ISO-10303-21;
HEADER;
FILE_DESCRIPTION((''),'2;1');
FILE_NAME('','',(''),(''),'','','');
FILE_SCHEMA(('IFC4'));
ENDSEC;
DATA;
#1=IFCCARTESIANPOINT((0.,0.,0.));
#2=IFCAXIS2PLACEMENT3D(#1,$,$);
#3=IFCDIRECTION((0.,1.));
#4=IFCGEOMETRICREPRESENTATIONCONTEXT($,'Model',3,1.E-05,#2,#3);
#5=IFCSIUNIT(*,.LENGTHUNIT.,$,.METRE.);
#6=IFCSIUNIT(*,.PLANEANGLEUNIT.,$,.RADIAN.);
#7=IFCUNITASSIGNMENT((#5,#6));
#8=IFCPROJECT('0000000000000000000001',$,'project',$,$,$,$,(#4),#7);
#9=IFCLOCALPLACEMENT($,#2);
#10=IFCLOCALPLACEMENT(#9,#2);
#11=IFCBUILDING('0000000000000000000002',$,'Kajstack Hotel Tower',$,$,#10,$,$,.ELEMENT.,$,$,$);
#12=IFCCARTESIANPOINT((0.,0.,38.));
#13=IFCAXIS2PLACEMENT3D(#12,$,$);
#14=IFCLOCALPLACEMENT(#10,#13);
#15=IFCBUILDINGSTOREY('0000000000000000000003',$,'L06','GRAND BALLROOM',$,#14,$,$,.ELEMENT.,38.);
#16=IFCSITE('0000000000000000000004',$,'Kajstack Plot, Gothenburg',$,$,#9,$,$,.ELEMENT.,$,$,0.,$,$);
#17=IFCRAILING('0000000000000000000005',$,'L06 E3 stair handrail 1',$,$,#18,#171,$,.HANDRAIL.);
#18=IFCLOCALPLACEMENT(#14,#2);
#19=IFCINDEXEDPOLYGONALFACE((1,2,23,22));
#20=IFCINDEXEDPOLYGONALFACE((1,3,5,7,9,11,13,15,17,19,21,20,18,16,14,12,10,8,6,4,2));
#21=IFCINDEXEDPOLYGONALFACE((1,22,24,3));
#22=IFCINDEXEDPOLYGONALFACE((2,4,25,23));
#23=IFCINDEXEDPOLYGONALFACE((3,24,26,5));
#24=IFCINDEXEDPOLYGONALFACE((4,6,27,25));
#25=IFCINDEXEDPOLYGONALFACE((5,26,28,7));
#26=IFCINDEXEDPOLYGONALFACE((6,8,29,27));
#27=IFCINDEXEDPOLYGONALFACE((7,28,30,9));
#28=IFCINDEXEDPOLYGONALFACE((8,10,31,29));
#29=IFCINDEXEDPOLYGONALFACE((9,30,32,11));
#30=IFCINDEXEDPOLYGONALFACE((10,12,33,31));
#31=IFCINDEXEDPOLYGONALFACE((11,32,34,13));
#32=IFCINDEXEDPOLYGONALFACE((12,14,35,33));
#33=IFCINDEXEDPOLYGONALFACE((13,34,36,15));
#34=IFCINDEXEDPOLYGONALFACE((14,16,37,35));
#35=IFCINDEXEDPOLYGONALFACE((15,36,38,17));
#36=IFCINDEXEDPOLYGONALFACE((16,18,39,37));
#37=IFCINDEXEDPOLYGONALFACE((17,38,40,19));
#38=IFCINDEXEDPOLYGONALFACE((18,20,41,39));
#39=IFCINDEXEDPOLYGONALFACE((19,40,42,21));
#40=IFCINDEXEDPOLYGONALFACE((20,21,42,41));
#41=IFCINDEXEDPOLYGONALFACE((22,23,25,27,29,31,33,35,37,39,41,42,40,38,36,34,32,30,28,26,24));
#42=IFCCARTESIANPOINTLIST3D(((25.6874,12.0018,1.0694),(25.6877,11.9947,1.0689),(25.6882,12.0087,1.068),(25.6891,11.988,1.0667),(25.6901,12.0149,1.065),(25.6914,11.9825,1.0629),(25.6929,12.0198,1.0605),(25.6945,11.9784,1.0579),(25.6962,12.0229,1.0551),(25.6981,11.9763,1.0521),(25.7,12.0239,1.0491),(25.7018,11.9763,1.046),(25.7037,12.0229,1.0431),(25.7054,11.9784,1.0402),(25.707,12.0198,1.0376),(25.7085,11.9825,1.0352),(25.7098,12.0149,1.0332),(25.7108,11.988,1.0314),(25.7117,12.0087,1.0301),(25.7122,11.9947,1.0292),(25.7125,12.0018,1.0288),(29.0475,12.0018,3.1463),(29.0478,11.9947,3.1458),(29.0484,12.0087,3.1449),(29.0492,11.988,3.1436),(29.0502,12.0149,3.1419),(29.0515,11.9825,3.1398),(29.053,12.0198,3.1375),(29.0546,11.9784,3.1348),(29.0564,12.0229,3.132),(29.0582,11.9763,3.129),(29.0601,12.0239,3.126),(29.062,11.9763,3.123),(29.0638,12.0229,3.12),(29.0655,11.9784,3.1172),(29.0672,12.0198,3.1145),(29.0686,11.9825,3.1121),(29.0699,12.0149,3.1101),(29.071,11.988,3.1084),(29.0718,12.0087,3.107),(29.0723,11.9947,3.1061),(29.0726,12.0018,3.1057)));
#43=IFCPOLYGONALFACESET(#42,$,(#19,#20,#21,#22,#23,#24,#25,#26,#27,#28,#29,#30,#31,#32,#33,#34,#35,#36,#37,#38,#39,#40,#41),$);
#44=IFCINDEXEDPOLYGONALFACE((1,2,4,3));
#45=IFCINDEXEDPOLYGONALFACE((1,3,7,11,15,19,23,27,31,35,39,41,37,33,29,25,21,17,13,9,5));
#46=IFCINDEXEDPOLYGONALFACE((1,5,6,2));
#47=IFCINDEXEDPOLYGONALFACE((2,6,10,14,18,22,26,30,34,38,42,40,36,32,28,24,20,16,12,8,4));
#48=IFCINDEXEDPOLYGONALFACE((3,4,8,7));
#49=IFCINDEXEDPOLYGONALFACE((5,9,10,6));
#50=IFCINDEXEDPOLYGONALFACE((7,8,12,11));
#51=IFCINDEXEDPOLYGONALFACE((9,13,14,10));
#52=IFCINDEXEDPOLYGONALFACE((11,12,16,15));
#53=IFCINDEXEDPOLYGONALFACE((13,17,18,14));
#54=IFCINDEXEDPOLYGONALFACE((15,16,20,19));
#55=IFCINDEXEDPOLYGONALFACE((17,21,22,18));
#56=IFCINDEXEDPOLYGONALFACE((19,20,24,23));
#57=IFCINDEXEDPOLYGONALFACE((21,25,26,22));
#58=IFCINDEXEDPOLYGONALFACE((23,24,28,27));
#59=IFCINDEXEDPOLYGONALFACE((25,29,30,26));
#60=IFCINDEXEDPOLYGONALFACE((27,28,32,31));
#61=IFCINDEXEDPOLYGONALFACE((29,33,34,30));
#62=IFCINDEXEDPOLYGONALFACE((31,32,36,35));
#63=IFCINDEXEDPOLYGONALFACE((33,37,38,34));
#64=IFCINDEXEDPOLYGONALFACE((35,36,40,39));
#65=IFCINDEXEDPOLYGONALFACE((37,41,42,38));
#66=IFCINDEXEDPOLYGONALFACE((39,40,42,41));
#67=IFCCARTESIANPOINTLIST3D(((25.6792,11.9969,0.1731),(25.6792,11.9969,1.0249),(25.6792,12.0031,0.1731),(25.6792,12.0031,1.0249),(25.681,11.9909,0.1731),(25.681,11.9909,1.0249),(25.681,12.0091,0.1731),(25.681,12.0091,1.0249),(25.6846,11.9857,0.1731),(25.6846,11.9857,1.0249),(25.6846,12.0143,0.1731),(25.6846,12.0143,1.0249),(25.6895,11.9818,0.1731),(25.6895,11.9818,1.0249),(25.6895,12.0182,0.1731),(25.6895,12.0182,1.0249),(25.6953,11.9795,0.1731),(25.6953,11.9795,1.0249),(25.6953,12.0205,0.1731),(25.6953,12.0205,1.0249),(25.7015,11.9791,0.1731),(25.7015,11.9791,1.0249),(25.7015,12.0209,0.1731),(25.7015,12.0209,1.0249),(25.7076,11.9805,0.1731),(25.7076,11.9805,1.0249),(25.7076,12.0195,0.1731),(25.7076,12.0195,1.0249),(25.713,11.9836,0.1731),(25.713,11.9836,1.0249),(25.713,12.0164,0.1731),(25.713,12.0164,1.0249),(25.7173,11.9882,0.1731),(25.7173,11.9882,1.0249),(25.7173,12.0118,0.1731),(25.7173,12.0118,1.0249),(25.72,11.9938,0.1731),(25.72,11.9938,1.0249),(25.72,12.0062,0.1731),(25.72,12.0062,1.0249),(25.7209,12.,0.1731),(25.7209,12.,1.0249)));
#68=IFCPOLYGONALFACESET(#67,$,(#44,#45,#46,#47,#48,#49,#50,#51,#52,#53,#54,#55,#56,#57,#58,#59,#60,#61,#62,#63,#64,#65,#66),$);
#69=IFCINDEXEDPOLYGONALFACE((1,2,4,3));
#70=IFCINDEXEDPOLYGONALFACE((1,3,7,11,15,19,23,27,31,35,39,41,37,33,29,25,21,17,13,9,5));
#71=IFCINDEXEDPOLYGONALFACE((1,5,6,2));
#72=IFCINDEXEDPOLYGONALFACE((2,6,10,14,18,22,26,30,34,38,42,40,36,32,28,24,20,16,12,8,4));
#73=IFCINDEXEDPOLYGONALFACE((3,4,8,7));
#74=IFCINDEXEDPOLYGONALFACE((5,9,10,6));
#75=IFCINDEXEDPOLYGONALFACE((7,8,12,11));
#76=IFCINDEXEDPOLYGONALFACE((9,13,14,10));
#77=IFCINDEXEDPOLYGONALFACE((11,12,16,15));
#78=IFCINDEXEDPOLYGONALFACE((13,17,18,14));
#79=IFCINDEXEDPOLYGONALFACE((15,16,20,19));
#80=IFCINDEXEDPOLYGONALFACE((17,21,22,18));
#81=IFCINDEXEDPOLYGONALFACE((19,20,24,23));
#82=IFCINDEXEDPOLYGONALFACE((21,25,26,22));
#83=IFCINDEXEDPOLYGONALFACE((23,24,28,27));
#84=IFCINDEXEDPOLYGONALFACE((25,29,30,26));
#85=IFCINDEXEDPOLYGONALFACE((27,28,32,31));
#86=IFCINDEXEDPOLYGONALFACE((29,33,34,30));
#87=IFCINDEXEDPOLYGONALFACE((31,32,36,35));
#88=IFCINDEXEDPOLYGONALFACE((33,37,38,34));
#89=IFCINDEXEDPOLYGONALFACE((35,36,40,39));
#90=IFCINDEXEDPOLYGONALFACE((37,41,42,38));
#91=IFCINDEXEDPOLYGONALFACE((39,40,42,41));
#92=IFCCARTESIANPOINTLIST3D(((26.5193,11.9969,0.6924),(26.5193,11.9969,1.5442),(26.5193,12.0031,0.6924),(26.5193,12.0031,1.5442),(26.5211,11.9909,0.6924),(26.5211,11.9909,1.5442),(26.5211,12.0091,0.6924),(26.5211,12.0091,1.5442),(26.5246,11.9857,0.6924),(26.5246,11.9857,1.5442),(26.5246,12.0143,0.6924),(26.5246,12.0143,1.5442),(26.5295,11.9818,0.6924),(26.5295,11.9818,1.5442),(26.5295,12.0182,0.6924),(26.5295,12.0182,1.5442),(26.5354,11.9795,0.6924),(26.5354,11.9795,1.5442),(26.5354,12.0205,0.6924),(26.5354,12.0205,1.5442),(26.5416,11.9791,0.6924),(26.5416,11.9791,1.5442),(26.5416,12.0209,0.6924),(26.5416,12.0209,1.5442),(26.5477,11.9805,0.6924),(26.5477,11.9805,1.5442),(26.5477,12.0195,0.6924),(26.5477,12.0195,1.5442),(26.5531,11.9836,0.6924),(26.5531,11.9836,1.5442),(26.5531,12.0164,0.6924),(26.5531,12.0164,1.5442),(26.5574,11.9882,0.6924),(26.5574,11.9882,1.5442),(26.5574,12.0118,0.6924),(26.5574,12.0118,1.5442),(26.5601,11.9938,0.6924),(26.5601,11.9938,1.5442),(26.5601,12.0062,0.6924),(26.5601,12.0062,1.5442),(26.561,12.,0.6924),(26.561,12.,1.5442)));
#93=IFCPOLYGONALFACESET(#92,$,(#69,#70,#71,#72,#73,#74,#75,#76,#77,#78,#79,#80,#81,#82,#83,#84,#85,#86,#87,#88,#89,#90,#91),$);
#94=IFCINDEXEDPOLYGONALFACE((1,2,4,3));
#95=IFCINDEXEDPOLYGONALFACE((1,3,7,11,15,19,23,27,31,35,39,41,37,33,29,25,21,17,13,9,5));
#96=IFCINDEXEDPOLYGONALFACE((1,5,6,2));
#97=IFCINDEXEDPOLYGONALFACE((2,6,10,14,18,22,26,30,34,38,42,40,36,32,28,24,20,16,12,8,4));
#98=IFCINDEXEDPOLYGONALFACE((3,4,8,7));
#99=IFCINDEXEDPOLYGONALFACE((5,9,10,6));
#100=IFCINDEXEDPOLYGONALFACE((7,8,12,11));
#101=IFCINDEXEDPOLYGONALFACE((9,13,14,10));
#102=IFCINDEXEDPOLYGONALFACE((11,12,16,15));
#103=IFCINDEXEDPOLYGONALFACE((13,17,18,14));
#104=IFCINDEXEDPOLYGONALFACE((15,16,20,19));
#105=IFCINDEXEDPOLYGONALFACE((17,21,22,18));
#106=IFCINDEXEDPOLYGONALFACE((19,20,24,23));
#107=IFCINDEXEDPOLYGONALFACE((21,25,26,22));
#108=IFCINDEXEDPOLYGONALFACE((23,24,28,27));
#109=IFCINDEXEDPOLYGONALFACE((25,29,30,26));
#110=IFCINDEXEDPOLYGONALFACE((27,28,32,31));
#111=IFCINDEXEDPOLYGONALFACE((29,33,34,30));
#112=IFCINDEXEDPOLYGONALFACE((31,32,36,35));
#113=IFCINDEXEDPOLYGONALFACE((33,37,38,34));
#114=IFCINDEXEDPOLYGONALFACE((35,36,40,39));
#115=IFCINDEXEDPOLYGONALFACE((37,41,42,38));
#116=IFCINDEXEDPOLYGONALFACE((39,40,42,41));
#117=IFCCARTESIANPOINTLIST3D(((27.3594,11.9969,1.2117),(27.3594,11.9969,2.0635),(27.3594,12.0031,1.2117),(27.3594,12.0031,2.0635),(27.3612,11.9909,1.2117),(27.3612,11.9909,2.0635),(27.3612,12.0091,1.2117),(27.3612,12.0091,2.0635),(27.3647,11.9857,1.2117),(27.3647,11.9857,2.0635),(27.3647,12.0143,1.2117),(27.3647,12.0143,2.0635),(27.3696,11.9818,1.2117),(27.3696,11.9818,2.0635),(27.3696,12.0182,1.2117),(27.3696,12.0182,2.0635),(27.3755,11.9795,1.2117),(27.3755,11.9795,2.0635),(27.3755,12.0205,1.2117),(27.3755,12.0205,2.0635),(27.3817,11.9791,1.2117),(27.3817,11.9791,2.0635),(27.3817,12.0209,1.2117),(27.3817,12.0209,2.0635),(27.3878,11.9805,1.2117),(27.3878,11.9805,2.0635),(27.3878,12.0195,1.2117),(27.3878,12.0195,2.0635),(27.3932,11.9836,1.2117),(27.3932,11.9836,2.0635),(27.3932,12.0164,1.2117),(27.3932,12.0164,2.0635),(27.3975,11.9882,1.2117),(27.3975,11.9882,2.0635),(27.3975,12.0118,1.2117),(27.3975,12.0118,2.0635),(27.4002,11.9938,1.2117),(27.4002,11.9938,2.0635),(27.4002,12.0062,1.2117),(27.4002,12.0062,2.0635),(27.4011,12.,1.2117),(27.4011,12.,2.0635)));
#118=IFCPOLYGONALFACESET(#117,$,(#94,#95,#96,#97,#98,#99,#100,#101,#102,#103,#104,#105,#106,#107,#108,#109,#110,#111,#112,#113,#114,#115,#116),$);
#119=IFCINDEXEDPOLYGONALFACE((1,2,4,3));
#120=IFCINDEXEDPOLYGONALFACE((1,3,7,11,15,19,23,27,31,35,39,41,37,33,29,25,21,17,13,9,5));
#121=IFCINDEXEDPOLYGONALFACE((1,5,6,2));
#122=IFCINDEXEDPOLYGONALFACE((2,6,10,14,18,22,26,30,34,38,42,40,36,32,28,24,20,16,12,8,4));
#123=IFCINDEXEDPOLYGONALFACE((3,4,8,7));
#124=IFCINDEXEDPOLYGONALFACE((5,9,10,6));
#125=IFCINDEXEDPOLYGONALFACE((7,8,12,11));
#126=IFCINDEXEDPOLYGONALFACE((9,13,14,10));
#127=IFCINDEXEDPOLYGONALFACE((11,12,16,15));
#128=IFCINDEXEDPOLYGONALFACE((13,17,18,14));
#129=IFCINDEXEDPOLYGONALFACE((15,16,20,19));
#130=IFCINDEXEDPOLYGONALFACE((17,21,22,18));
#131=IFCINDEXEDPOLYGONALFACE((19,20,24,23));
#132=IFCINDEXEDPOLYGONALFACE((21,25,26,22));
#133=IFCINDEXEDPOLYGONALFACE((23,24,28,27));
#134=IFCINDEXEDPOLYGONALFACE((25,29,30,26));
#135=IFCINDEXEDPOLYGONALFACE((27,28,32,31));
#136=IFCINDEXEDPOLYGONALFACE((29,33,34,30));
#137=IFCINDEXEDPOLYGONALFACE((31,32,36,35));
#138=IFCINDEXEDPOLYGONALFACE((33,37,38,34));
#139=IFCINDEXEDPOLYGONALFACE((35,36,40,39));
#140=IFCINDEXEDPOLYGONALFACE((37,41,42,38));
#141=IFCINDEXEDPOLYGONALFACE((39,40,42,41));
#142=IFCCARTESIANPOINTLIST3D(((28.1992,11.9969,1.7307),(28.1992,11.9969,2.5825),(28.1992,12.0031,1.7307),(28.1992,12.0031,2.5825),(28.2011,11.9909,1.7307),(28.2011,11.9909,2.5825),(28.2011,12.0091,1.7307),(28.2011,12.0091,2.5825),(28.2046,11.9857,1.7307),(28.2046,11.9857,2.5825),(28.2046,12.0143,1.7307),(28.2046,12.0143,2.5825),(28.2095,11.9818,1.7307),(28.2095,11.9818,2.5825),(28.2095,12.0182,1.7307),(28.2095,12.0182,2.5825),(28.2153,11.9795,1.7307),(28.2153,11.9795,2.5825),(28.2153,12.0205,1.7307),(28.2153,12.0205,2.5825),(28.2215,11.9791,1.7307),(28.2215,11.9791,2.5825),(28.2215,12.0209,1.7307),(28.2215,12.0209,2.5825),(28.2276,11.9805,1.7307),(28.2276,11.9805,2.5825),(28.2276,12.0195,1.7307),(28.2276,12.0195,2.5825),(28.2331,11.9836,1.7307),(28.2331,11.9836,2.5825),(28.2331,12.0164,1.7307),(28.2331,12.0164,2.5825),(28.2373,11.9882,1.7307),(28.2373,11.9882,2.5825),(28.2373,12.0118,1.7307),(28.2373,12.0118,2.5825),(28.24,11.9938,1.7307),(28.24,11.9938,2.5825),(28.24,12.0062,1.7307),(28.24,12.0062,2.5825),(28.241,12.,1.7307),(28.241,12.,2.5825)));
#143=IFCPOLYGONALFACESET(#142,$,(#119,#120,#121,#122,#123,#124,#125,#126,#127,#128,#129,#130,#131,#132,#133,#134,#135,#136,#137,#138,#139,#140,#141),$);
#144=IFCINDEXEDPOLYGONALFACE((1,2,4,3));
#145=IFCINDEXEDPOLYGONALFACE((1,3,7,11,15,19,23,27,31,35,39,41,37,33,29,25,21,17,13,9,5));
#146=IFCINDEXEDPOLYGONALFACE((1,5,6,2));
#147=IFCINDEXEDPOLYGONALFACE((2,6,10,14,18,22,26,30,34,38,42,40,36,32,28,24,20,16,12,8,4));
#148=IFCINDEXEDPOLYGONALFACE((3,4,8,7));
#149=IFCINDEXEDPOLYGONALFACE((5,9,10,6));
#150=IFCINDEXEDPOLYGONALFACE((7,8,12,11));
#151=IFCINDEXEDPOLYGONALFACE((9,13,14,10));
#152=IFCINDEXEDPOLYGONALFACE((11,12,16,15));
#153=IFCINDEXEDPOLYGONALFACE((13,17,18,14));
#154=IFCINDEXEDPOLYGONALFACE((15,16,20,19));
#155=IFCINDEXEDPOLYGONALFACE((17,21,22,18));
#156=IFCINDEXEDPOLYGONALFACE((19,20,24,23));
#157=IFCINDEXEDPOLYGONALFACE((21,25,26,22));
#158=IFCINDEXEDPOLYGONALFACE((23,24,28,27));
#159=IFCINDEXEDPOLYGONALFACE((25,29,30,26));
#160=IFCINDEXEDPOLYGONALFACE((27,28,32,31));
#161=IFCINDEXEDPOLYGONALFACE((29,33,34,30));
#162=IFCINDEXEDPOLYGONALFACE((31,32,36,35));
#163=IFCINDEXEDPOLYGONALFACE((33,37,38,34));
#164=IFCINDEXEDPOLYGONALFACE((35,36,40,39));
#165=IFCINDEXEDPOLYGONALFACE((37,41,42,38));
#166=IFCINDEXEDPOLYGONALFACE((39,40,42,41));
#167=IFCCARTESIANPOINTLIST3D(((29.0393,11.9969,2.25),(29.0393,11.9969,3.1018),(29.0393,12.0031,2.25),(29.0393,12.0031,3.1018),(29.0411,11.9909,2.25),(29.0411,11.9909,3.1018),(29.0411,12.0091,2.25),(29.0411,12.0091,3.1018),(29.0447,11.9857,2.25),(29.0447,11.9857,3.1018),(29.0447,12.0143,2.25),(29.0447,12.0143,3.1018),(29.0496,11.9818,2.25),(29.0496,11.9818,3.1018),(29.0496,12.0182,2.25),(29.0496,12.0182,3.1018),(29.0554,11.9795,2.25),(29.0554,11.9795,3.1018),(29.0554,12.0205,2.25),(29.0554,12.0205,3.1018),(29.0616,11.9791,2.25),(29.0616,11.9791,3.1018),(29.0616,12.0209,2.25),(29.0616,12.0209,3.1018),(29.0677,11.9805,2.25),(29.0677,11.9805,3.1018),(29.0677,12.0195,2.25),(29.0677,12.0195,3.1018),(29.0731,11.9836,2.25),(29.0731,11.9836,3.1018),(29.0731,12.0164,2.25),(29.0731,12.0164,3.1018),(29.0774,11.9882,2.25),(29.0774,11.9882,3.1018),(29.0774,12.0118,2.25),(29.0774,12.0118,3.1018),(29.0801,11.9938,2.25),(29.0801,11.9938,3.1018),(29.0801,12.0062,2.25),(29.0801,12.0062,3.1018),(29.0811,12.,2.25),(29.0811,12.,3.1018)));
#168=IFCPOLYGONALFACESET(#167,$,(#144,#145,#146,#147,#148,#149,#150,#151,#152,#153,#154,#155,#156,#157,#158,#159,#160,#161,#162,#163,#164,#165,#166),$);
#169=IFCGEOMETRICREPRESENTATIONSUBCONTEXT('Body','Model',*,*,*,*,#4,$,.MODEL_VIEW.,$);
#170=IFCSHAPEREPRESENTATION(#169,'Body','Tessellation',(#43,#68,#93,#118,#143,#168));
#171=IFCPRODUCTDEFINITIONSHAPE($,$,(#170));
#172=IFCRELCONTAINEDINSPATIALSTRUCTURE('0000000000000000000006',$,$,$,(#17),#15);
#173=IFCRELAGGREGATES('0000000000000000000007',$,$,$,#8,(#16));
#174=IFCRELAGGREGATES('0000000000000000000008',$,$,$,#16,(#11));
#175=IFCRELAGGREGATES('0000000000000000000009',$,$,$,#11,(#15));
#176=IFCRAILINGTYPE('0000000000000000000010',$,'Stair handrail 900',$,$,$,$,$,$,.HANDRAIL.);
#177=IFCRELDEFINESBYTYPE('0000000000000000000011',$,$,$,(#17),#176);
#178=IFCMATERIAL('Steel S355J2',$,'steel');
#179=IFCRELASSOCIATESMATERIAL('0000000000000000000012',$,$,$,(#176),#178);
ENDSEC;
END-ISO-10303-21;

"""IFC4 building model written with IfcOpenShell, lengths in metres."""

from ifc_helpers import new_model, si_unit, direction, frame, origin, origin_2d, place, context, subcontext, project, spatial, circle, extrude, material, type_object, element, save


model = new_model("IFC4")

# Units and contexts
model_context = context("Model", 3, precision=1e-05, world=origin(), true_north=direction((0.0, 1.0)))
body_context = subcontext(model_context, "Body", "Model", "MODEL_VIEW")
ifc_project = project(units=[si_unit("LENGTHUNIT", "METRE"), si_unit("PLANEANGLEUNIT", "RADIAN")], contexts=[model_context])

# Site, building, storey
site_placement = place(None, origin())
site = spatial("IfcSite", under=ifc_project, at=site_placement, Name="Kajstack Plot, Gothenburg", CompositionType="ELEMENT", RefElevation=0.0)
building_placement = place(site_placement, origin())
building = spatial("IfcBuilding", under=site, at=building_placement, Name="Kajstack Hotel Tower", CompositionType="ELEMENT")
storey_placement = place(building_placement, frame((0.0, 0.0, 38.0)))
storey = spatial("IfcBuildingStorey", under=building, at=storey_placement, Name="L06", Description="GRAND BALLROOM", CompositionType="ELEMENT", Elevation=38.0)

# Railing
ifc_material_1 = material(Name="Steel S355J2", Category="steel")
railing_type_1 = type_object("IfcRailingType", Name="Stair handrail 900", PredefinedType="HANDRAIL", material=ifc_material_1)
railing_1_placement = place(storey_placement, frame((25.7, 12.0, 0.1731)))
element("IfcRailing", 1, at=railing_1_placement, inside=storey, type_object=railing_type_1, Name="L06 E3 stair handrail 1", PredefinedType="HANDRAIL", context=body_context, shape_type="SweptSolid", body=[
    extrude(circle(Radius=0.0239, at=origin_2d()), frame((0.0, 0.0, 0.876), z_axis=(0.850623, 0.0, 0.525776), x_axis=(0.0, 1.0, 0.0)), (0.0, 0.0, 1.0), 3.9502),
    extrude(circle(Radius=0.021, at=origin_2d()), origin(), (0.0, 0.0, 1.0), 0.8518),
    extrude(circle(Radius=0.021, at=origin_2d()), frame((0.8401, 0.0, 0.5193)), (0.0, 0.0, 1.0), 0.8518),
    extrude(circle(Radius=0.021, at=origin_2d()), frame((1.6802, 0.0, 1.0386)), (0.0, 0.0, 1.0), 0.8518),
    extrude(circle(Radius=0.021, at=origin_2d()), frame((2.52, 0.0, 1.5576)), (0.0, 0.0, 1.0), 0.8518),
    extrude(circle(Radius=0.021, at=origin_2d()), frame((3.3601, 0.0, 2.0769)), (0.0, 0.0, 1.0), 0.8518),
])

save(model, "model.ifc")
